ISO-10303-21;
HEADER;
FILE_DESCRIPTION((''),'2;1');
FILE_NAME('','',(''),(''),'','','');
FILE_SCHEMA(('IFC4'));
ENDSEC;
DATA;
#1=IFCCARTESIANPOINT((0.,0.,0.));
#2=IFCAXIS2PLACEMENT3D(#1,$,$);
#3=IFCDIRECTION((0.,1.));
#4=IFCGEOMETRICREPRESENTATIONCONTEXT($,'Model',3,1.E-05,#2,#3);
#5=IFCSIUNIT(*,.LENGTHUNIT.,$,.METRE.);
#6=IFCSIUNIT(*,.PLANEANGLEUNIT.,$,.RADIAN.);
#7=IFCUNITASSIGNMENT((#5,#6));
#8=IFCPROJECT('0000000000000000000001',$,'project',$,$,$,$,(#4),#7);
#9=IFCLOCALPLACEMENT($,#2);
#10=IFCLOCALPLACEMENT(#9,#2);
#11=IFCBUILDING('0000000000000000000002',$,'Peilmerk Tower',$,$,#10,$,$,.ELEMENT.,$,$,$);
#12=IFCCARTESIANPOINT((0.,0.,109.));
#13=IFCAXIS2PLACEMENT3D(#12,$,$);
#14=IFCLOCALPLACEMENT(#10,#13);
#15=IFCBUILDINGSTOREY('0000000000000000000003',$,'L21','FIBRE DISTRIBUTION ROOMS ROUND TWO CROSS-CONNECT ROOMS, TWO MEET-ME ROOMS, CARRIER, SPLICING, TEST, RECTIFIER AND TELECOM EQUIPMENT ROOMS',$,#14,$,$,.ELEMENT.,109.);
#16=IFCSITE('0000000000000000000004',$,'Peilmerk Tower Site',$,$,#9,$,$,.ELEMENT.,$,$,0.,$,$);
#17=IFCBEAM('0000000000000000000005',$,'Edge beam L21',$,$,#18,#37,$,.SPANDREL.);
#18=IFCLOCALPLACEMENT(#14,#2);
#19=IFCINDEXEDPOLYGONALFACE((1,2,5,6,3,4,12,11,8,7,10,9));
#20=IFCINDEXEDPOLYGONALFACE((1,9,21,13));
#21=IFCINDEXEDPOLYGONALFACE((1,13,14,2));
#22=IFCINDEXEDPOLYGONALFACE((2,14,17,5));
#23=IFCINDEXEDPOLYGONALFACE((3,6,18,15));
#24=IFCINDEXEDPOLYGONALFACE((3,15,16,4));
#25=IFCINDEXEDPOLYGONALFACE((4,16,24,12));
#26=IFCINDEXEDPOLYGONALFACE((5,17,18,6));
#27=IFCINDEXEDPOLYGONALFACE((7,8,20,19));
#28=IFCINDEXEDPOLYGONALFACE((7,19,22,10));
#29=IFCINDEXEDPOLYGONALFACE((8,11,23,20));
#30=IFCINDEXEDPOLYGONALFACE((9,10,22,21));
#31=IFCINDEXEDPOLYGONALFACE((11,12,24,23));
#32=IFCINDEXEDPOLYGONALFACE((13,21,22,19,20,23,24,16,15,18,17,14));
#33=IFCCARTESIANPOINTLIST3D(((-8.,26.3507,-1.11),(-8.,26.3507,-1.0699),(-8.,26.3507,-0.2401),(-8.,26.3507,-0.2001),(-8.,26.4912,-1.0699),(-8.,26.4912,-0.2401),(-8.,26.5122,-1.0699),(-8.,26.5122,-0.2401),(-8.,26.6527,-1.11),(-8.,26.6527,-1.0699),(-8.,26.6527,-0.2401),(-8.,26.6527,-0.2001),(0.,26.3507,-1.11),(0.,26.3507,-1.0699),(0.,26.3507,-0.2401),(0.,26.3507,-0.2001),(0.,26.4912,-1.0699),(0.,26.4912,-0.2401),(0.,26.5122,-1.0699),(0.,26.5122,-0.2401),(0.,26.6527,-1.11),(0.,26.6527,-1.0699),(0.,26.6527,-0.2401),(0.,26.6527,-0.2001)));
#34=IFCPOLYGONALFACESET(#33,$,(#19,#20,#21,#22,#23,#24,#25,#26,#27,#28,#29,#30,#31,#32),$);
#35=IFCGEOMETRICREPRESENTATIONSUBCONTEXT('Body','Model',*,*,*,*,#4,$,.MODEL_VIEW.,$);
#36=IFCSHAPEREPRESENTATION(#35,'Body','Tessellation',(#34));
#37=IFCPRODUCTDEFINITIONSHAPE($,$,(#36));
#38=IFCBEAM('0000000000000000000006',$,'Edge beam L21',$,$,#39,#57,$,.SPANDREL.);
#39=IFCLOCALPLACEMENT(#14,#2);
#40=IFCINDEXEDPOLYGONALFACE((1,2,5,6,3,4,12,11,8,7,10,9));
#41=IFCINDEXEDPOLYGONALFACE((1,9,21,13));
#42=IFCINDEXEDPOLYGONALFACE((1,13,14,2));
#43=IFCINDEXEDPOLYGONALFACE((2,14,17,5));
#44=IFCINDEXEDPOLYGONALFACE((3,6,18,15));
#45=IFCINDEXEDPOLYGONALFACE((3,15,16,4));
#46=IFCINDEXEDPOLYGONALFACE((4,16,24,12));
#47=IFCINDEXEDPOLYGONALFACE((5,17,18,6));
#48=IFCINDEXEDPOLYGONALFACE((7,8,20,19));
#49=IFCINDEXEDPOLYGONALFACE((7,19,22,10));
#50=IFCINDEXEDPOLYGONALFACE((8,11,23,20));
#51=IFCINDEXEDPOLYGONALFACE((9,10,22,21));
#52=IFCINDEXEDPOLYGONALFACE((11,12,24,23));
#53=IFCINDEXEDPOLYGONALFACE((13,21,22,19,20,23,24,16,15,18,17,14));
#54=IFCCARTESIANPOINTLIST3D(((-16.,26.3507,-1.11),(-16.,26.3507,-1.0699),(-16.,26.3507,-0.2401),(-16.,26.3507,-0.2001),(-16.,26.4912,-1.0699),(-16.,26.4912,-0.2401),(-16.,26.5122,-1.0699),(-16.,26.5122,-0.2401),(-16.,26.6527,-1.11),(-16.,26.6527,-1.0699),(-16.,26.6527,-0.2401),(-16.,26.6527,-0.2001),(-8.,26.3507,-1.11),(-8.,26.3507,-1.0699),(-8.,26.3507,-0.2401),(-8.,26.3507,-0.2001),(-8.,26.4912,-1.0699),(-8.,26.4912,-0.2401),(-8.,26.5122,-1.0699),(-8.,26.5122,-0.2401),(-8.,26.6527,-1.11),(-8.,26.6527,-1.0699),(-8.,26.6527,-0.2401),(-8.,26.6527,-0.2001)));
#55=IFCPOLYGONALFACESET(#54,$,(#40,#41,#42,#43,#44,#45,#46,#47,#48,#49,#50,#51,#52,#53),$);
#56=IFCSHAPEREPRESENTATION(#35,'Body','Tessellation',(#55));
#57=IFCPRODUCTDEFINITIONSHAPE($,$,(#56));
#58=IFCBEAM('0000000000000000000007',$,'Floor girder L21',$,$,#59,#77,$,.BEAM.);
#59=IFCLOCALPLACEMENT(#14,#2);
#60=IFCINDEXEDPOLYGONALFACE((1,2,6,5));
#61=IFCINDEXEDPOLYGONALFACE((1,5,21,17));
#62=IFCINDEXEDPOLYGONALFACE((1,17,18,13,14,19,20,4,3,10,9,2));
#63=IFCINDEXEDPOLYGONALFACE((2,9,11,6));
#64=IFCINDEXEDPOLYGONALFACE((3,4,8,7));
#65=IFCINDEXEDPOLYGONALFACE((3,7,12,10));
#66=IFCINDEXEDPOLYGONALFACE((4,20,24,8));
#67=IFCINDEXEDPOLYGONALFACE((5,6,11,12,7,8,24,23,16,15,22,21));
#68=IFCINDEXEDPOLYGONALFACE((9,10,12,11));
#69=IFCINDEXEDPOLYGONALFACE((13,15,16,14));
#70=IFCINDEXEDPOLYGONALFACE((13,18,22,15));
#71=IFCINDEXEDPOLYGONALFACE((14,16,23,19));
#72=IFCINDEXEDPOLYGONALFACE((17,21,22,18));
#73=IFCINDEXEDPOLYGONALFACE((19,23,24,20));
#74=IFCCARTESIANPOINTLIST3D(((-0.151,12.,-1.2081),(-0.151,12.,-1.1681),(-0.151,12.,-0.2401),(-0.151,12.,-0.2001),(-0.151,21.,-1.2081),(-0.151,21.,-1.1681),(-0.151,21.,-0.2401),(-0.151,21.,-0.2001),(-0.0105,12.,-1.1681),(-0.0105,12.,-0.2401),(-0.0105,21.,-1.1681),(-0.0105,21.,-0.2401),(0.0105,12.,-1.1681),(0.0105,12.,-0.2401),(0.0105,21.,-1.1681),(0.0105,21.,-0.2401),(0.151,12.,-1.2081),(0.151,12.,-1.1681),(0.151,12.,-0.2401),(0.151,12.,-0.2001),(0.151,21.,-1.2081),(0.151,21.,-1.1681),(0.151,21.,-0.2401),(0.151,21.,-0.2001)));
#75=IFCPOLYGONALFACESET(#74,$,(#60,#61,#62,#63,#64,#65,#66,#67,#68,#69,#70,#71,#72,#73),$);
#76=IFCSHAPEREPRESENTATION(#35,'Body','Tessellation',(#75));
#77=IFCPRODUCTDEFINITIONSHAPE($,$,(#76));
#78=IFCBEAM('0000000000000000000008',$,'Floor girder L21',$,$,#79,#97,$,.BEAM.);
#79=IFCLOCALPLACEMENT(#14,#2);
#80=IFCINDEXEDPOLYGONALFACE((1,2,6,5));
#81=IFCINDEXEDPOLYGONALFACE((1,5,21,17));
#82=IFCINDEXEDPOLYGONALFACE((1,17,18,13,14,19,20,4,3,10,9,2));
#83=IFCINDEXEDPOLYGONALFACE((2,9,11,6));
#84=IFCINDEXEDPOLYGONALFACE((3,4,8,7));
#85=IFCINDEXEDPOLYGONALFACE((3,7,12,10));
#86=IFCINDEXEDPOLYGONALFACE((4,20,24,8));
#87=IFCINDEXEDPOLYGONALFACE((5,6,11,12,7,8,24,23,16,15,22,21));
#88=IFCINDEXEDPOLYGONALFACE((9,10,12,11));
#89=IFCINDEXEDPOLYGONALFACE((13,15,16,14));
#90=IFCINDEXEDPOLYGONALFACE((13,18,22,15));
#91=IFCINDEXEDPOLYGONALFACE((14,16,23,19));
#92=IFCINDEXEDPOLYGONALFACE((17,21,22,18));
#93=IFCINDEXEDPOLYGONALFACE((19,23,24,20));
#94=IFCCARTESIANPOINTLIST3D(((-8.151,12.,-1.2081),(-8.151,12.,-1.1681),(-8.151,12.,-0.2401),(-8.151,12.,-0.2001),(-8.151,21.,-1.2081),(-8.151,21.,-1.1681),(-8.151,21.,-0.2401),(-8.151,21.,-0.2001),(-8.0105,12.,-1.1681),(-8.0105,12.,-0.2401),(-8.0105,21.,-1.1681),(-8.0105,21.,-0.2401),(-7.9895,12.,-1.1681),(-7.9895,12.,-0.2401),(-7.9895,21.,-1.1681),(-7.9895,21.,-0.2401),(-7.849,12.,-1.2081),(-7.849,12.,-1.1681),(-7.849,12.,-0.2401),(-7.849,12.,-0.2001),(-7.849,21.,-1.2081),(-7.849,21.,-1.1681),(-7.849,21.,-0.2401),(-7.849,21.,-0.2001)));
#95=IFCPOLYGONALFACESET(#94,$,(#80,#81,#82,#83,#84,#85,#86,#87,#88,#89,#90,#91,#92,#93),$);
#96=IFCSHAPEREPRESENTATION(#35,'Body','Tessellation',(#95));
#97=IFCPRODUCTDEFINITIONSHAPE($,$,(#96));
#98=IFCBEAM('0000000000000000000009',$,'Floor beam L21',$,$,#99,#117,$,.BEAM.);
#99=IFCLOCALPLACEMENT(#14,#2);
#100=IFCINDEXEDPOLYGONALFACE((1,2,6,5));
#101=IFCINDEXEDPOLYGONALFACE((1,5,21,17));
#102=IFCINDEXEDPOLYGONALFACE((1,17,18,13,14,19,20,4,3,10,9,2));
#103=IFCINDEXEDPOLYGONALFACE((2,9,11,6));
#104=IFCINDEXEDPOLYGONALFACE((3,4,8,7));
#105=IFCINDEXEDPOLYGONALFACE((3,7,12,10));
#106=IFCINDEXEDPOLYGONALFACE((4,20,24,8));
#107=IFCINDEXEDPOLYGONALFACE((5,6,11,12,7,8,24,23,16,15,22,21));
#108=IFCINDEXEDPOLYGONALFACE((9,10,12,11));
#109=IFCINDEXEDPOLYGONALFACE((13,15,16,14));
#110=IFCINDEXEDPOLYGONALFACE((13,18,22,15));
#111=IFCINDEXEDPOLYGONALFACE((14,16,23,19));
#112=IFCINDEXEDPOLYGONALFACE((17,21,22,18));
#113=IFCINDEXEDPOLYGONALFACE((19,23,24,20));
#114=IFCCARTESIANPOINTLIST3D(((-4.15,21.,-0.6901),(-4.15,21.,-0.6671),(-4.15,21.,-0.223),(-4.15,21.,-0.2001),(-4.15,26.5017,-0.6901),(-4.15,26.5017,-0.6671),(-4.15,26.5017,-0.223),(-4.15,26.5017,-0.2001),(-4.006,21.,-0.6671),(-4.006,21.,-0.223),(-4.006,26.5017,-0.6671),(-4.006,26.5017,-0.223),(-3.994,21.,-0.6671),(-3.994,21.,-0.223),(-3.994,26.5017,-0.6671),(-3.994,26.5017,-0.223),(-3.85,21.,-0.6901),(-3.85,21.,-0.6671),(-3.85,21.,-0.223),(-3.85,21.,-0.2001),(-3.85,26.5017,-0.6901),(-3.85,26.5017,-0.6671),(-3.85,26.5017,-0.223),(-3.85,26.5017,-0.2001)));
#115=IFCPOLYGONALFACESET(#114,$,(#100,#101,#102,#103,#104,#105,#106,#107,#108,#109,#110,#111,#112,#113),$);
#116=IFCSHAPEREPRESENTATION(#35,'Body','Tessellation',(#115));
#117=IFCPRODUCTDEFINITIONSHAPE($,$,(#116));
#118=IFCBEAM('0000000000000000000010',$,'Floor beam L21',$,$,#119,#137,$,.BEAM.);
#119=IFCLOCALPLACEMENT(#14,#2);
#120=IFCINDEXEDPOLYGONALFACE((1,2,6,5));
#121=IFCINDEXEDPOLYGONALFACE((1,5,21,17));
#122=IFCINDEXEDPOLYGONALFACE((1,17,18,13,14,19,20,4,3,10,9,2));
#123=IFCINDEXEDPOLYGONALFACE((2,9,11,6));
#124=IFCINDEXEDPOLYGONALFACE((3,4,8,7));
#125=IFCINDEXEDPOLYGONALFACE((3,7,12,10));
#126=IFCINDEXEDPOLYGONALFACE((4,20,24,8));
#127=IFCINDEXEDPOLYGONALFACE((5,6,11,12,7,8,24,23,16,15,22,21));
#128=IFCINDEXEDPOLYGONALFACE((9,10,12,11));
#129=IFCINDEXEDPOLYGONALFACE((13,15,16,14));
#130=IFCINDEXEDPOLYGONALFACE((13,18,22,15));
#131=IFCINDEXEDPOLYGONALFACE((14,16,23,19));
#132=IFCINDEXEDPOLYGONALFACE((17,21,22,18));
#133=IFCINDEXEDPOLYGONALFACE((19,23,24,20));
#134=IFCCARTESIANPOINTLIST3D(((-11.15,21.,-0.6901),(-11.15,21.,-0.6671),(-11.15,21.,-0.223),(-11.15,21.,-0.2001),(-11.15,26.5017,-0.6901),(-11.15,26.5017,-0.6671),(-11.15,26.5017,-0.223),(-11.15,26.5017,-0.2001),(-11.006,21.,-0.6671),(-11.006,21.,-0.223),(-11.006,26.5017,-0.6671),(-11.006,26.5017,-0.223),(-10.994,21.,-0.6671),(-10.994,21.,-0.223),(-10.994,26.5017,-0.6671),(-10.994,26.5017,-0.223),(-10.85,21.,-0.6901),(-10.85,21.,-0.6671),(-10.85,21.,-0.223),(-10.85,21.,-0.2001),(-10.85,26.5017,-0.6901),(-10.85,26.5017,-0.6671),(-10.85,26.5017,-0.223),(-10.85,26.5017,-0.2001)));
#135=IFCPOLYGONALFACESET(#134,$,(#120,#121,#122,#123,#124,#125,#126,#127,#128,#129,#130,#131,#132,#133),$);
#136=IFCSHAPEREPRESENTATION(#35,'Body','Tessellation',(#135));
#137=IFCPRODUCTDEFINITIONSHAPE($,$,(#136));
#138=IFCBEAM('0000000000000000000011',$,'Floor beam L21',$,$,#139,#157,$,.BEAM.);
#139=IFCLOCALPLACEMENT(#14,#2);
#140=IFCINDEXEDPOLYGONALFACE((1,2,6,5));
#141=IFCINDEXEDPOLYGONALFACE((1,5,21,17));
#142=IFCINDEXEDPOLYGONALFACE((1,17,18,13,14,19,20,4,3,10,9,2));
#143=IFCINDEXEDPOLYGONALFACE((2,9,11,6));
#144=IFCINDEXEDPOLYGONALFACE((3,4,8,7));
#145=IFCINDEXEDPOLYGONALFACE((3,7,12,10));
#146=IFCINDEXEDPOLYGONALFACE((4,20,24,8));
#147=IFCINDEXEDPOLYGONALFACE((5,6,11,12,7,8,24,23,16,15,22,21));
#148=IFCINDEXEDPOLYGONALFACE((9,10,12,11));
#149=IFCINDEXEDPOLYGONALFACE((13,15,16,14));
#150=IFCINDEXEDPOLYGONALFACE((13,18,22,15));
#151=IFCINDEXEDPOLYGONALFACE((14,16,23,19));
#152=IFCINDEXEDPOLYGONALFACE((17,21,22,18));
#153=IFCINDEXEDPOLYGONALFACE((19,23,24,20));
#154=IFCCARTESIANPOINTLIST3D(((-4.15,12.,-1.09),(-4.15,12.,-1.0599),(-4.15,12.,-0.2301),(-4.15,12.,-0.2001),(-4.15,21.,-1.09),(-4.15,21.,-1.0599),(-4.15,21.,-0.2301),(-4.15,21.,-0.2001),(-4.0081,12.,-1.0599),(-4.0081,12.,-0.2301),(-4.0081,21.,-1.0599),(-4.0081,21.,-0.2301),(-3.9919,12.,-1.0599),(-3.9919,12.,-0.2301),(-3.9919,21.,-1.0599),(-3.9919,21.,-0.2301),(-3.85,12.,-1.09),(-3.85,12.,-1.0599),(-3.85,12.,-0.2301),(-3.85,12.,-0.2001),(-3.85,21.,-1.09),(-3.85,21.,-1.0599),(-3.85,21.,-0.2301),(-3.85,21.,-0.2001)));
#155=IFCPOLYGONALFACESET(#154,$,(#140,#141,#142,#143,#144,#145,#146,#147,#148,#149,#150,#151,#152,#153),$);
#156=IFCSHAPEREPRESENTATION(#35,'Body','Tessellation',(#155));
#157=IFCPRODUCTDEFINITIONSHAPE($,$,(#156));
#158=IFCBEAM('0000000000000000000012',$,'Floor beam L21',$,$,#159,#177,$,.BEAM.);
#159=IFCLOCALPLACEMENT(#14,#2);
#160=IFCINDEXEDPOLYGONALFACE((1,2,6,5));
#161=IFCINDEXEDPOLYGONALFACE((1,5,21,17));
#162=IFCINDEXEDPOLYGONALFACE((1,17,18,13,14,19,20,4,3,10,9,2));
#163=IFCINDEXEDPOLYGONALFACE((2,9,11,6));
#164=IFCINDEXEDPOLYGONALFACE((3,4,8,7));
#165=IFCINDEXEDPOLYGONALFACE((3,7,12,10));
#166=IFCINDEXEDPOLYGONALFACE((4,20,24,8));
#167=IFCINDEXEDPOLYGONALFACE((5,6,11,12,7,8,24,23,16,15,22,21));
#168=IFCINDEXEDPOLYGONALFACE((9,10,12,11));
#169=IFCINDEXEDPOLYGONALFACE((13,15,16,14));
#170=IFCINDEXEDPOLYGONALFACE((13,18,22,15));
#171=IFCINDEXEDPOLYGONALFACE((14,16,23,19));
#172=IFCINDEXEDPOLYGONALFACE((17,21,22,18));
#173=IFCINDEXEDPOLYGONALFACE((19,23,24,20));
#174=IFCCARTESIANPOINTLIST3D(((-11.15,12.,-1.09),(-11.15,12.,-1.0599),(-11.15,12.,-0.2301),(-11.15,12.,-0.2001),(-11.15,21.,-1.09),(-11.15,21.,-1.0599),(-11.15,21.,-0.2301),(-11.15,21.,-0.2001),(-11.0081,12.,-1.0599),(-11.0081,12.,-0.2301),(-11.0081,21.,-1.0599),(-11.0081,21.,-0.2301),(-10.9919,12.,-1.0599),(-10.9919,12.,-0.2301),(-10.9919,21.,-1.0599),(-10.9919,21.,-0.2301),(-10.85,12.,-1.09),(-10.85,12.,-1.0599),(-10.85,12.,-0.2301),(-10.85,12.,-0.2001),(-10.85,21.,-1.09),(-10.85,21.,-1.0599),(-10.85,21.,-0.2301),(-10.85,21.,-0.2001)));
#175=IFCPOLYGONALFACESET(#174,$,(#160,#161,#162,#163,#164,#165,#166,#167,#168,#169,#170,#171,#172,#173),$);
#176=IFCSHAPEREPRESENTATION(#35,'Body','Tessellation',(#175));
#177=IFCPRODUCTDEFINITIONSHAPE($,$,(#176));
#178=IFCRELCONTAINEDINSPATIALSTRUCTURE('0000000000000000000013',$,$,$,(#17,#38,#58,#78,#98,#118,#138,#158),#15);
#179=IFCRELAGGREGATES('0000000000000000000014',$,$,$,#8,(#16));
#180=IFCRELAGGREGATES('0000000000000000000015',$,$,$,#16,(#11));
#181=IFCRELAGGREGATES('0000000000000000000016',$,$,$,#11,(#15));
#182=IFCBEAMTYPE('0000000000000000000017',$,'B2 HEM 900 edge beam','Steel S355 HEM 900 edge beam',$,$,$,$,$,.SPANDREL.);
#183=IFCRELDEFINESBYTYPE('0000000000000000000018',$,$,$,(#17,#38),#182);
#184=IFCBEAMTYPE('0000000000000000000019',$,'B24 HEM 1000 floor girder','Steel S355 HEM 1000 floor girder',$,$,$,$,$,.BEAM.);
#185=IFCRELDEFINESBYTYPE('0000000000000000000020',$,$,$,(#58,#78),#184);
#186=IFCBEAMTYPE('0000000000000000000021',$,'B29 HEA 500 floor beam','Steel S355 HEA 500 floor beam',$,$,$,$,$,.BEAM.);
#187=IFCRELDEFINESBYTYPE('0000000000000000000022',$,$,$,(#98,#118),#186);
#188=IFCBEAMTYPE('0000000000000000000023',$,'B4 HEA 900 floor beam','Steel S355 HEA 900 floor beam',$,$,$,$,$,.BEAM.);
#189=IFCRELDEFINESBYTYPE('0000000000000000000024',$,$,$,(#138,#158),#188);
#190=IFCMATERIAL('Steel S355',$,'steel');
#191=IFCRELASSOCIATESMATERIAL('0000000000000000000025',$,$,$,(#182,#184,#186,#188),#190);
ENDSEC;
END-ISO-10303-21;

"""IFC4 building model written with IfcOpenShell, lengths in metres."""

from ifc_helpers import new_model, si_unit, direction, frame, origin, origin_2d, place, context, subcontext, project, spatial, i_section, extrude, material, material_profile, profile_set, type_object, element, save


model = new_model("IFC4")

# Units and contexts
model_context = context("Model", 3, precision=1e-05, world=origin(), true_north=direction((0.0, 1.0)))
body_context = subcontext(model_context, "Body", "Model", "MODEL_VIEW")
ifc_project = project(units=[si_unit("LENGTHUNIT", "METRE"), si_unit("PLANEANGLEUNIT", "RADIAN")], contexts=[model_context])

# Site, building, storey
site_placement = place(None, origin())
site = spatial("IfcSite", under=ifc_project, at=site_placement, Name="Peilmerk Tower Site", CompositionType="ELEMENT", RefElevation=0.0)
building_placement = place(site_placement, origin())
building = spatial("IfcBuilding", under=site, at=building_placement, Name="Peilmerk Tower", CompositionType="ELEMENT")
storey_placement = place(building_placement, frame((0.0, 0.0, 109.0)))
storey = spatial("IfcBuildingStorey", under=building, at=storey_placement, Name="L21", Description="FIBRE DISTRIBUTION ROOMS ROUND TWO CROSS-CONNECT ROOMS, TWO MEET-ME ROOMS, CARRIER, SPLICING, TEST, RECTIFIER AND TELECOM EQUIPMENT ROOMS", CompositionType="ELEMENT", Elevation=109.0)

# Beams
ifc_material_1 = material(Name="Steel S355", Category="steel")
ifc_material_profile_1 = material_profile(ifc_material_1, i_section(OverallWidth=0.302, OverallDepth=0.9099, WebThickness=0.021, FlangeThickness=0.04, at=origin_2d()), Name="HEM 900")
ifc_profile_set_1 = profile_set([ifc_material_profile_1], Name="Steel S355")
beam_type_1 = type_object("IfcBeamType", Name="B2 HEM 900 edge beam", Description="Steel S355 HEM 900 edge beam", PredefinedType="SPANDREL", material=ifc_profile_set_1)
for number, where, z_axis, x_axis, name in (
    (1, (0.0, 26.5017, -0.655), (-1.0, 0.0, 0.0), (0.0, -1.0, 0.0), "Edge beam L21"),
    (2, (-8.0, 26.5017, -0.655), (-1.0, 0.0, 0.0), (0.0, -1.0, 0.0), "Edge beam L21"),
):
    element("IfcBeam", number, at=place(storey_placement, frame(where, z_axis=z_axis, x_axis=x_axis)), inside=storey, type_object=beam_type_1, Name=name, PredefinedType="SPANDREL", context=body_context, shape_type="SweptSolid", body=[
        extrude(i_section(OverallWidth=0.302, OverallDepth=0.9099, WebThickness=0.021, FlangeThickness=0.04, at=origin_2d()), origin(), (0.0, 0.0, 1.0), 8.0),
    ])
ifc_material_profile_2 = material_profile(ifc_material_1, i_section(OverallWidth=0.302, OverallDepth=1.0081, WebThickness=0.021, FlangeThickness=0.04, at=origin_2d()), Name="HEM 1000")
ifc_profile_set_2 = profile_set([ifc_material_profile_2], Name="Steel S355")
beam_type_2 = type_object("IfcBeamType", Name="B24 HEM 1000 floor girder", Description="Steel S355 HEM 1000 floor girder", PredefinedType="BEAM", material=ifc_profile_set_2)
for number, where, z_axis, x_axis, name in (
    (3, (0.0, 12.0, -0.7041), (0.0, 1.0, 0.0), (-1.0, 0.0, 0.0), "Floor girder L21"),
    (4, (-8.0, 12.0, -0.7041), (0.0, 1.0, 0.0), (-1.0, 0.0, 0.0), "Floor girder L21"),
):
    element("IfcBeam", number, at=place(storey_placement, frame(where, z_axis=z_axis, x_axis=x_axis)), inside=storey, type_object=beam_type_2, Name=name, PredefinedType="BEAM", context=body_context, shape_type="SweptSolid", body=[
        extrude(i_section(OverallWidth=0.302, OverallDepth=1.0081, WebThickness=0.021, FlangeThickness=0.04, at=origin_2d()), origin(), (0.0, 0.0, 1.0), 9.0),
    ])
ifc_material_profile_3 = material_profile(ifc_material_1, i_section(OverallWidth=0.3, OverallDepth=0.49, WebThickness=0.012, FlangeThickness=0.0229, at=origin_2d()), Name="HEA 500")
ifc_profile_set_3 = profile_set([ifc_material_profile_3], Name="Steel S355")
beam_type_3 = type_object("IfcBeamType", Name="B29 HEA 500 floor beam", Description="Steel S355 HEA 500 floor beam", PredefinedType="BEAM", material=ifc_profile_set_3)
for number, where, z_axis, x_axis, name in (
    (5, (-4.0, 21.0, -0.4451), (0.0, 1.0, 0.0), (-1.0, 0.0, 0.0), "Floor beam L21"),
    (6, (-11.0, 21.0, -0.4451), (0.0, 1.0, 0.0), (-1.0, 0.0, 0.0), "Floor beam L21"),
):
    element("IfcBeam", number, at=place(storey_placement, frame(where, z_axis=z_axis, x_axis=x_axis)), inside=storey, type_object=beam_type_3, Name=name, PredefinedType="BEAM", context=body_context, shape_type="SweptSolid", body=[
        extrude(i_section(OverallWidth=0.3, OverallDepth=0.49, WebThickness=0.012, FlangeThickness=0.0229, at=origin_2d()), origin(), (0.0, 0.0, 1.0), 5.5017),
    ])
ifc_material_profile_4 = material_profile(ifc_material_1, i_section(OverallWidth=0.3, OverallDepth=0.8899, WebThickness=0.0161, FlangeThickness=0.03, at=origin_2d()), Name="HEA 900")
ifc_profile_set_4 = profile_set([ifc_material_profile_4], Name="Steel S355")
beam_type_4 = type_object("IfcBeamType", Name="B4 HEA 900 floor beam", Description="Steel S355 HEA 900 floor beam", PredefinedType="BEAM", material=ifc_profile_set_4)
for number, where, z_axis, x_axis, name in (
    (7, (-4.0, 12.0, -0.645), (0.0, 1.0, 0.0), (-1.0, 0.0, 0.0), "Floor beam L21"),
    (8, (-11.0, 12.0, -0.645), (0.0, 1.0, 0.0), (-1.0, 0.0, 0.0), "Floor beam L21"),
):
    element("IfcBeam", number, at=place(storey_placement, frame(where, z_axis=z_axis, x_axis=x_axis)), inside=storey, type_object=beam_type_4, Name=name, PredefinedType="BEAM", context=body_context, shape_type="SweptSolid", body=[
        extrude(i_section(OverallWidth=0.3, OverallDepth=0.8899, WebThickness=0.0161, FlangeThickness=0.03, at=origin_2d()), origin(), (0.0, 0.0, 1.0), 9.0),
    ])

save(model, "model.ifc")
